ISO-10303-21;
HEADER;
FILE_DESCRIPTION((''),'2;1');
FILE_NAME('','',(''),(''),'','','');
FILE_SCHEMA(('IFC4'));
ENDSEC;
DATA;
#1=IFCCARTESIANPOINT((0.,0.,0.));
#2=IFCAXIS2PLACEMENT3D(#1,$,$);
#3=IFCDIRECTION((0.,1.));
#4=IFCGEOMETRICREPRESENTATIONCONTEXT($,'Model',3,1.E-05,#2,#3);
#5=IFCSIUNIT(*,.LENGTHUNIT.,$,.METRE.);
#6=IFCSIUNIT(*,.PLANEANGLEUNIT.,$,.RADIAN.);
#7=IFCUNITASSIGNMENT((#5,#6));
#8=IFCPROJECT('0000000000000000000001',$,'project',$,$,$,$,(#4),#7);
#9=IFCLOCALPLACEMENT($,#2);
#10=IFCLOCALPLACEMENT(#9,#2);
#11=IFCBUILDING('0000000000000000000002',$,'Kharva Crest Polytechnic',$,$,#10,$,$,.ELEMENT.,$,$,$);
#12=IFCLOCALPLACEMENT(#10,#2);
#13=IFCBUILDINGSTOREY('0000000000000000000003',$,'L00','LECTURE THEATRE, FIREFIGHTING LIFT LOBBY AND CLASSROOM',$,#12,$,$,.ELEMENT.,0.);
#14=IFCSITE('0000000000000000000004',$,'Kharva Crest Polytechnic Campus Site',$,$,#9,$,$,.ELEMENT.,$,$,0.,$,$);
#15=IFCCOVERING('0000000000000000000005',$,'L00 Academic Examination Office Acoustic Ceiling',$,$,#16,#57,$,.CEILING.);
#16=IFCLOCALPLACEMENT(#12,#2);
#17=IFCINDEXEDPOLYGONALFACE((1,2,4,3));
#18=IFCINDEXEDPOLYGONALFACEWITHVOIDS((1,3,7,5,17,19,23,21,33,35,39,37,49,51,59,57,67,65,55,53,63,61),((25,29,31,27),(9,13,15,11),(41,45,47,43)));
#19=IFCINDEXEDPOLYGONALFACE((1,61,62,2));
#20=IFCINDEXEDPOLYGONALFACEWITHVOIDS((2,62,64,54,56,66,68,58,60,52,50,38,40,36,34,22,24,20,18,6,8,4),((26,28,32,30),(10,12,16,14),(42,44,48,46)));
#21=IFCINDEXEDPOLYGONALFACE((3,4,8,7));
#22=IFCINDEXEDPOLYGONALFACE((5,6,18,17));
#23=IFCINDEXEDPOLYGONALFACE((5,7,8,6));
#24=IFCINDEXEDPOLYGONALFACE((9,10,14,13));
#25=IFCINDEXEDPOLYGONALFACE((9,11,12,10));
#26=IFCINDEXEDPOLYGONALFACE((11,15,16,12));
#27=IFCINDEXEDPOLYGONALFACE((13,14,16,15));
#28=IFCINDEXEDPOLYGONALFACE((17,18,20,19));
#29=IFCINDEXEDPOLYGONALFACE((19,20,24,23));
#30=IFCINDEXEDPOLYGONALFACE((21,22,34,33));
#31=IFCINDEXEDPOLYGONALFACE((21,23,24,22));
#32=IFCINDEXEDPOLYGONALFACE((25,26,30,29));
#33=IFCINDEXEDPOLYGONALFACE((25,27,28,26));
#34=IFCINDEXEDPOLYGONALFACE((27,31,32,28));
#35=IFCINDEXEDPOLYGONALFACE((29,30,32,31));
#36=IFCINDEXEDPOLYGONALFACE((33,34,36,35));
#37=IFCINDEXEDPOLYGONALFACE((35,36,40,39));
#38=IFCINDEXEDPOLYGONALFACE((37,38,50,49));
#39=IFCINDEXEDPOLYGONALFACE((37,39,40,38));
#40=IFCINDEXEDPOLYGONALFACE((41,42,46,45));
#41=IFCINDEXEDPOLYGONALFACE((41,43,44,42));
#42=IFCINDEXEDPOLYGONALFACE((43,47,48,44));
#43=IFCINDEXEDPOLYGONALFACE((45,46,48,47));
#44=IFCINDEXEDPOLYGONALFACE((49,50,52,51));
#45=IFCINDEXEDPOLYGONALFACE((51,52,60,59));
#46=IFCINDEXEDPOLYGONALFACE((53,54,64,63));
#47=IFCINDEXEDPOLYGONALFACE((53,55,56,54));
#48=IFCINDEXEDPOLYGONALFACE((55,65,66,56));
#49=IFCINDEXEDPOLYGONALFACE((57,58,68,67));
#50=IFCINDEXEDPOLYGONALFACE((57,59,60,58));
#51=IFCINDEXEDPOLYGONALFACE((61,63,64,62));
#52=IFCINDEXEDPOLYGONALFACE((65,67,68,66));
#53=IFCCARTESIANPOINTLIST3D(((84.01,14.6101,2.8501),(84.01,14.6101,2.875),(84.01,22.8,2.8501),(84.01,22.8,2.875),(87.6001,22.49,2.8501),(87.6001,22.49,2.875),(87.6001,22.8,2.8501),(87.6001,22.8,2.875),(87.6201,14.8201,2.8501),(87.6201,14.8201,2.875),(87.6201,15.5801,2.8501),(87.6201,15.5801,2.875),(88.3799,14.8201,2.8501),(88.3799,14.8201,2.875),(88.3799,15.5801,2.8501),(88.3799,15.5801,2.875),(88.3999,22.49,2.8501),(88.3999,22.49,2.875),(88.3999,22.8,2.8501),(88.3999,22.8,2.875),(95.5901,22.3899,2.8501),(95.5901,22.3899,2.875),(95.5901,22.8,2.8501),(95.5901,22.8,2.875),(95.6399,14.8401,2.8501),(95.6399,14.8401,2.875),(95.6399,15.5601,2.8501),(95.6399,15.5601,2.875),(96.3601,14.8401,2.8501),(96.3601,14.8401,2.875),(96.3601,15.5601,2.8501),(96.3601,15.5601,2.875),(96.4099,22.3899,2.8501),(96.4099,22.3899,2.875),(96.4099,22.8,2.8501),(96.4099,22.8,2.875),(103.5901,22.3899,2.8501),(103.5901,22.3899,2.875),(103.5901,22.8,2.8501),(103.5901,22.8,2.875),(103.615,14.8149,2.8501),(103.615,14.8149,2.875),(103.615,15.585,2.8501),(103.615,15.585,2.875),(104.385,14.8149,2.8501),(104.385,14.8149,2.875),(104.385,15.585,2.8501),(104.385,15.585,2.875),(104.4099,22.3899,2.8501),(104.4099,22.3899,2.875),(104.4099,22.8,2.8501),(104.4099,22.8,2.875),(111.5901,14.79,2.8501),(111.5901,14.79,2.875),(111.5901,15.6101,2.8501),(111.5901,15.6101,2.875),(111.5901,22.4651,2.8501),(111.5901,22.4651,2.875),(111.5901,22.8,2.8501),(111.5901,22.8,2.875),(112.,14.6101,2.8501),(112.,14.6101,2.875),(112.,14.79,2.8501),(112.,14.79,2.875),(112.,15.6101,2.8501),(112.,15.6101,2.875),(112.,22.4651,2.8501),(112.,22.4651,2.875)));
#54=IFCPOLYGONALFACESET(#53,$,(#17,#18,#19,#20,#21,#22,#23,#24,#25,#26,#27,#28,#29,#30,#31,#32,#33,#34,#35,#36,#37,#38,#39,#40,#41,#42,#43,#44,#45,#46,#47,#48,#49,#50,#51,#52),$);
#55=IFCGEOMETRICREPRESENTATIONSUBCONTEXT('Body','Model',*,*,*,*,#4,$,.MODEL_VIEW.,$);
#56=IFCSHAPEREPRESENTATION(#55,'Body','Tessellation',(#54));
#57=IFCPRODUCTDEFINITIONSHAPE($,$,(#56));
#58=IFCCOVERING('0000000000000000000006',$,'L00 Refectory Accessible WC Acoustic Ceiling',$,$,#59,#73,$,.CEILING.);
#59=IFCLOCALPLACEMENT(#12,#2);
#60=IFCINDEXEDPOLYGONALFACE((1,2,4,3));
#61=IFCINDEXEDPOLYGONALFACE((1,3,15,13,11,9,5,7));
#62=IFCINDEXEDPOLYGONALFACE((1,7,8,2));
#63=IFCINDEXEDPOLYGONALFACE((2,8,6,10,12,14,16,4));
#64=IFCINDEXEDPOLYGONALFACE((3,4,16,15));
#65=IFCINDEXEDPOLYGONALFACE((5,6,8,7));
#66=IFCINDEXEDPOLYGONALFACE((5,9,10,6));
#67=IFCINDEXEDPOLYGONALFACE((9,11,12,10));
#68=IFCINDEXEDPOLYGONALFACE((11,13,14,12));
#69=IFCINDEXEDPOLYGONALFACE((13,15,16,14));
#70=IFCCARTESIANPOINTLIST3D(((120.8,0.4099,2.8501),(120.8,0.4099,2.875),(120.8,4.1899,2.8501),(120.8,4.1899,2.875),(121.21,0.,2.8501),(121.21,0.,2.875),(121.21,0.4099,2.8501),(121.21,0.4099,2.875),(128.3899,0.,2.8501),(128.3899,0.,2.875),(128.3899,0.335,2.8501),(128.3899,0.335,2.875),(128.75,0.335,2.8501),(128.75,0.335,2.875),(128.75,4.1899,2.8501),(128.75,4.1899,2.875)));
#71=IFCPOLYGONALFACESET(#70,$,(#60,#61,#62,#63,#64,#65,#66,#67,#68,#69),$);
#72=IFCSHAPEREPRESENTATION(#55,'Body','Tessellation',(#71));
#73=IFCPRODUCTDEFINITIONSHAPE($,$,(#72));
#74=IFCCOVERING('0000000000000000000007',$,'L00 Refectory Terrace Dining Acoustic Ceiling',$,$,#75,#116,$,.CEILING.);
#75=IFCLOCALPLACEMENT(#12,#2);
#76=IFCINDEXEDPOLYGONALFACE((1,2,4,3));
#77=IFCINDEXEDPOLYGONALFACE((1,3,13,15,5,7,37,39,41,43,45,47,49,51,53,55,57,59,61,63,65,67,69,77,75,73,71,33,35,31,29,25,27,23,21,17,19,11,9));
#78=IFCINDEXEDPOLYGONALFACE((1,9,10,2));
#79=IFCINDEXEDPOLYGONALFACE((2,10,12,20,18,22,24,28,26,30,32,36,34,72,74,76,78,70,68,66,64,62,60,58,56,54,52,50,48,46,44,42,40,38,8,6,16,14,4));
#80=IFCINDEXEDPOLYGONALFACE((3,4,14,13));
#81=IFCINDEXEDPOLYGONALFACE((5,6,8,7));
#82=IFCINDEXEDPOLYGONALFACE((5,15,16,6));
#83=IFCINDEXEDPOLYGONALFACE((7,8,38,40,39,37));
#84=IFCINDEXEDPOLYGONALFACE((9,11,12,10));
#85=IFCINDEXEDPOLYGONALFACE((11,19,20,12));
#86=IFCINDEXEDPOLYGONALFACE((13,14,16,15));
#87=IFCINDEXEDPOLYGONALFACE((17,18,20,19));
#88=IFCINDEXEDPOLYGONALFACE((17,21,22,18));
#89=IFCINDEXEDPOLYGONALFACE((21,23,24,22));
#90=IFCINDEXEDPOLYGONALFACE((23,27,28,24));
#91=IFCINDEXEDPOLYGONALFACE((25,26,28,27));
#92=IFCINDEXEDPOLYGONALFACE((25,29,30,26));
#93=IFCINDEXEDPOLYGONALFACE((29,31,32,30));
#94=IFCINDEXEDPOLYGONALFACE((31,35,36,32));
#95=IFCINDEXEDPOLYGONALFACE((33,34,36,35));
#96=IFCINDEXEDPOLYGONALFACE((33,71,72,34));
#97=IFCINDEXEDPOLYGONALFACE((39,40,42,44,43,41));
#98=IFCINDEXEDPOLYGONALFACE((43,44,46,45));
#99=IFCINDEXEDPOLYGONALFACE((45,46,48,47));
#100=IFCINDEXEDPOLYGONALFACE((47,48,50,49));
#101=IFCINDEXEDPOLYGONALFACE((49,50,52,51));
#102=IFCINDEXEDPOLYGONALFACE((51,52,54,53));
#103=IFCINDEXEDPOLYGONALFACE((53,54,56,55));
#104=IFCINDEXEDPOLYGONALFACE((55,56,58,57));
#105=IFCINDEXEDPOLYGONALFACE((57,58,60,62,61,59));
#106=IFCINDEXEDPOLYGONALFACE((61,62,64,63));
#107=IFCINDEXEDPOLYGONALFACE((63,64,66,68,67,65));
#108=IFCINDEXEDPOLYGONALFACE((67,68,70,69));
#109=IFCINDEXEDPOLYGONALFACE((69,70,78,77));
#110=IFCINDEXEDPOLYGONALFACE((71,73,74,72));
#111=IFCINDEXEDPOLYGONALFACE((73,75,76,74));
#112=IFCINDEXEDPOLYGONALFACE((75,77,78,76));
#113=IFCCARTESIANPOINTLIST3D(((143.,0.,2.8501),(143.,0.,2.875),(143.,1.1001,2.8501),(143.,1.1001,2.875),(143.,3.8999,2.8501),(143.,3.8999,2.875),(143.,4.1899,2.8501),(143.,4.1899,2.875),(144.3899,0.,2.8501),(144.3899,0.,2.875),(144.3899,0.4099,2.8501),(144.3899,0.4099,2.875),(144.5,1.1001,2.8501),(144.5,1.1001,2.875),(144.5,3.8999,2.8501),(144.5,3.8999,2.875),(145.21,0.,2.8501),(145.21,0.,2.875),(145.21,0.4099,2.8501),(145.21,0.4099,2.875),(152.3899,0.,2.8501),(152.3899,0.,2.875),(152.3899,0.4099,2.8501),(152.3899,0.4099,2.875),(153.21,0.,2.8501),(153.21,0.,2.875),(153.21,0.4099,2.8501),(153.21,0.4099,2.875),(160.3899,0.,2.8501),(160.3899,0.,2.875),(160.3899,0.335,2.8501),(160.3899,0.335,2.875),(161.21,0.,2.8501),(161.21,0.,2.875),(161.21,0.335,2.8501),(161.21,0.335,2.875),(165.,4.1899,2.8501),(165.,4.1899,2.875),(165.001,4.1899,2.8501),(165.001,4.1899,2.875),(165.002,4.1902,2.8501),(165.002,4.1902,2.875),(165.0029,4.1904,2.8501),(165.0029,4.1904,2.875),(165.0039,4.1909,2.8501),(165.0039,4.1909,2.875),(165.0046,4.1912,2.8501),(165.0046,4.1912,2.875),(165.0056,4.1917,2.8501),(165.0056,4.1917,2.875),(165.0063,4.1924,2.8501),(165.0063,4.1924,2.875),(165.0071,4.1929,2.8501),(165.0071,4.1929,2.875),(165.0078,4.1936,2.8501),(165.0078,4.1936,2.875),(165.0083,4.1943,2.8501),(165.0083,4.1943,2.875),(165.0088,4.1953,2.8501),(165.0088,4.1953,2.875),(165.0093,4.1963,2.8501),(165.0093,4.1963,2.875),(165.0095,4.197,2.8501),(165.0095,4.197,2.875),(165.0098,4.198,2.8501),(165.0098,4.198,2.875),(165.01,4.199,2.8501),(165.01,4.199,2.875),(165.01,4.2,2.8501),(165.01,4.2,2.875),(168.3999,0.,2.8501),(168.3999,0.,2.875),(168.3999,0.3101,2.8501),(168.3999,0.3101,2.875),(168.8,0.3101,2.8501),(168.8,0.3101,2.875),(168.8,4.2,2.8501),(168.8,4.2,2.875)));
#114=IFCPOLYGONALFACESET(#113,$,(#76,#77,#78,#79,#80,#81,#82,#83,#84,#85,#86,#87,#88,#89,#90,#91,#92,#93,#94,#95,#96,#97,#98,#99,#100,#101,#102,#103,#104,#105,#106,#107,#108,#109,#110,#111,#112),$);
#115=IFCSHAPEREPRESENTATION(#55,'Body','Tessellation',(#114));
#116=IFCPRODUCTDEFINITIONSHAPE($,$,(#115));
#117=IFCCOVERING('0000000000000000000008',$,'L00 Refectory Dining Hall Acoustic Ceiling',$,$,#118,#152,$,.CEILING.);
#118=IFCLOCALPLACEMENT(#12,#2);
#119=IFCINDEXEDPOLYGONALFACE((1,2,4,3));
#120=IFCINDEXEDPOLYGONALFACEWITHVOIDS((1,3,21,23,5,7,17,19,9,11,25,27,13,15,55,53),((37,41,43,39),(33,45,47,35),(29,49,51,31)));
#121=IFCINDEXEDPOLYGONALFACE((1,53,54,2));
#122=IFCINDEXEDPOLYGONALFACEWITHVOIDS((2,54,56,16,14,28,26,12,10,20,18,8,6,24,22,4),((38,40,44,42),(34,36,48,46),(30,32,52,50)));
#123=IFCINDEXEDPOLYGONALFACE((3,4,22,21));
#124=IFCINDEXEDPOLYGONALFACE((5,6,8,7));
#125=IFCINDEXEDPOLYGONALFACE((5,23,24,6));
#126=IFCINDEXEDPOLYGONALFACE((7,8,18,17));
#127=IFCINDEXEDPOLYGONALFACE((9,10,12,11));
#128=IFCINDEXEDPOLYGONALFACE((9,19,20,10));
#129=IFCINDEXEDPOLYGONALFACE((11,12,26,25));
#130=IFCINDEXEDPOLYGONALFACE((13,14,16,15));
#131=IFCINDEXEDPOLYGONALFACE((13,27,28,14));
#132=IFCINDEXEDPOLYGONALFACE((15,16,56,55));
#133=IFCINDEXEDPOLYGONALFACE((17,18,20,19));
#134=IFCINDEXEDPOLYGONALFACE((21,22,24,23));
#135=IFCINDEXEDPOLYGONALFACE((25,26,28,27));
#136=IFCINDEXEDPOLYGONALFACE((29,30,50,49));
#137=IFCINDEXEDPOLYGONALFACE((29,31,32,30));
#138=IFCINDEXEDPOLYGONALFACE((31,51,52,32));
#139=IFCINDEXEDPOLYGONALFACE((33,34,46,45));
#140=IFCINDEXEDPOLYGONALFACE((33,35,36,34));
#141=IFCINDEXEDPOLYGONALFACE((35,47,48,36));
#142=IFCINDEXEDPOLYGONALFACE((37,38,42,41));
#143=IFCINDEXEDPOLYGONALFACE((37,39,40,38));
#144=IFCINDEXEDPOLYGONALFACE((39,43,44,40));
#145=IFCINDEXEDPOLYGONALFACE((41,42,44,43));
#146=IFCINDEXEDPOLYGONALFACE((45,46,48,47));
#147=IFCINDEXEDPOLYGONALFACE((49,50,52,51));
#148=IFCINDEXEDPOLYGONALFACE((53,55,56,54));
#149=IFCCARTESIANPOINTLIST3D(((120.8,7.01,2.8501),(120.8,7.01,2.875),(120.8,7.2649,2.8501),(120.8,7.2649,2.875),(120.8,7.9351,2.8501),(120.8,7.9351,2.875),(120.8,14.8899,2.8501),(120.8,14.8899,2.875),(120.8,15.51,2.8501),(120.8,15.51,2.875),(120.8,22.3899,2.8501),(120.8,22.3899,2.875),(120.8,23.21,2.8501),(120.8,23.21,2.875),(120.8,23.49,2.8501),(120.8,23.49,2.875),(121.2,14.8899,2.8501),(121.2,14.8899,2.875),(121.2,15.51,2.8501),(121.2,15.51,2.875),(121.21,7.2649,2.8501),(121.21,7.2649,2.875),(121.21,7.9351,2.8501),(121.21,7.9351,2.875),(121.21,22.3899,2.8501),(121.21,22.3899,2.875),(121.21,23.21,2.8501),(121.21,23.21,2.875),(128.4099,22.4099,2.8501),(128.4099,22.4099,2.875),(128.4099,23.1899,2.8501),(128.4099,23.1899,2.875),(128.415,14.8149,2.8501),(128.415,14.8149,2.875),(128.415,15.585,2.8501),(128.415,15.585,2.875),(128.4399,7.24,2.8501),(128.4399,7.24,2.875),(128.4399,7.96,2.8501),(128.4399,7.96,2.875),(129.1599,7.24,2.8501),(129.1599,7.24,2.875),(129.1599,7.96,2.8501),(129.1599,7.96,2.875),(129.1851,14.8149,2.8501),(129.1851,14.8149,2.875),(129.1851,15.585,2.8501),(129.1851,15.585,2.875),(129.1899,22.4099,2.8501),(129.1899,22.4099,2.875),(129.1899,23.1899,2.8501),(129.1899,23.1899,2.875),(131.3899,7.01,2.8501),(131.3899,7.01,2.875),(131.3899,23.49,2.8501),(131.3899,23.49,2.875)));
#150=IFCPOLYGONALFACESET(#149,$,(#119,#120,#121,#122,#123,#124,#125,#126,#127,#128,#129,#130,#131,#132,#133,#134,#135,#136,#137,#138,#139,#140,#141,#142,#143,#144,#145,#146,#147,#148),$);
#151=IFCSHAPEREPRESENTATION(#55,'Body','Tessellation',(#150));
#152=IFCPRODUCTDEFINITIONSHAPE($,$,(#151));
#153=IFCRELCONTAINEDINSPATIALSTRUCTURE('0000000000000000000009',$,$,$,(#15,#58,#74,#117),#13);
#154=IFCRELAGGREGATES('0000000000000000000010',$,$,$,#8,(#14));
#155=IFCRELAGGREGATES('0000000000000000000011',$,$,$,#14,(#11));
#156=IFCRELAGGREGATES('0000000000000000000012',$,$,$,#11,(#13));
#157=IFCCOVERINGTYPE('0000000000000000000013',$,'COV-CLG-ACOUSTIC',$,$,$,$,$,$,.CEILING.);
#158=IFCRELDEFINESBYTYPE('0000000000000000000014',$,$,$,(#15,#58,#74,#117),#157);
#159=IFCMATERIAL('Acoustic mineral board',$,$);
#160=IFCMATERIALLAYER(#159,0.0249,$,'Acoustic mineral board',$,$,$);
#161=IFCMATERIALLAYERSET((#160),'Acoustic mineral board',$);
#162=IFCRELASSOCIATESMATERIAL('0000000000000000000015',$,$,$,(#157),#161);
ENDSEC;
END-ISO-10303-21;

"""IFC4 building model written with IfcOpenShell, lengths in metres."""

from ifc_helpers import new_model, si_unit, direction, frame, origin, place, context, subcontext, project, spatial, polyline, outline, extrude, material, layer, layer_set, type_object, element, save


model = new_model("IFC4")

# Units and contexts
model_context = context("Model", 3, precision=1e-05, world=origin(), true_north=direction((0.0, 1.0)))
body_context = subcontext(model_context, "Body", "Model", "MODEL_VIEW")
ifc_project = project(units=[si_unit("LENGTHUNIT", "METRE"), si_unit("PLANEANGLEUNIT", "RADIAN")], contexts=[model_context])

# Site, building, storey
site_placement = place(None, origin())
site = spatial("IfcSite", under=ifc_project, at=site_placement, Name="Kharva Crest Polytechnic Campus Site", CompositionType="ELEMENT", RefElevation=0.0)
building_placement = place(site_placement, origin())
building = spatial("IfcBuilding", under=site, at=building_placement, Name="Kharva Crest Polytechnic", CompositionType="ELEMENT")
storey_placement = place(building_placement, origin())
storey = spatial("IfcBuildingStorey", under=building, at=storey_placement, Name="L00", Description="LECTURE THEATRE, FIREFIGHTING LIFT LOBBY AND CLASSROOM", CompositionType="ELEMENT", Elevation=0.0)

# Coverings
ifc_material_1 = material(Name="Acoustic mineral board")
ifc_layer_1 = layer(ifc_material_1, 0.0249, Name="Acoustic mineral board")
ifc_layer_set_1 = layer_set([ifc_layer_1], Name="Acoustic mineral board")
covering_type_1 = type_object("IfcCoveringType", Name="COV-CLG-ACOUSTIC", PredefinedType="CEILING", material=ifc_layer_set_1)
covering_1_placement = place(storey_placement, frame((0.0, 0.0, 2.8501)))
element("IfcCovering", 1, at=covering_1_placement, inside=storey, type_object=covering_type_1, Name="L00 Academic Examination Office Acoustic Ceiling", PredefinedType="CEILING", context=body_context, shape_type="SweptSolid", body=[
    extrude(outline(polyline([(87.6001, 22.8), (87.6001, 22.49), (88.3999, 22.49), (88.3999, 22.8), (95.5901, 22.8), (95.5901, 22.3899), (96.4099, 22.3899), (96.4099, 22.8), (103.5901, 22.8), (103.5901, 22.3899), (104.4099, 22.3899), (104.4099, 22.8), (111.5901, 22.8), (111.5901, 22.4651), (112.0, 22.4651), (112.0, 15.6101), (111.5901, 15.6101), (111.5901, 14.79), (112.0, 14.79), (112.0, 14.6101), (84.01, 14.6101), (84.01, 22.8), (87.6001, 22.8)]), holes=[polyline([(95.6399, 15.5601), (95.6399, 14.8401), (96.3601, 14.8401), (96.3601, 15.5601), (95.6399, 15.5601)]), polyline([(87.6201, 15.5801), (87.6201, 14.8201), (88.3799, 14.8201), (88.3799, 15.5801), (87.6201, 15.5801)]), polyline([(103.615, 15.585), (103.615, 14.8149), (104.385, 14.8149), (104.385, 15.585), (103.615, 15.585)])]), origin(), (0.0, 0.0, 1.0), 0.0249),
])
covering_2_placement = place(storey_placement, frame((0.0, 0.0, 2.8501)))
element("IfcCovering", 2, at=covering_2_placement, inside=storey, type_object=covering_type_1, Name="L00 Refectory Accessible WC Acoustic Ceiling", PredefinedType="CEILING", context=body_context, shape_type="SweptSolid", body=[
    extrude(outline(polyline([(121.21, 0.4099), (120.8, 0.4099), (120.8, 4.1899), (128.75, 4.1899), (128.75, 0.335), (128.3899, 0.335), (128.3899, 0.0), (121.21, 0.0), (121.21, 0.4099)])), origin(), (0.0, 0.0, 1.0), 0.0249),
])
covering_3_placement = place(storey_placement, frame((0.0, 0.0, 2.8501)))
element("IfcCovering", 3, at=covering_3_placement, inside=storey, type_object=covering_type_1, Name="L00 Refectory Terrace Dining Acoustic Ceiling", PredefinedType="CEILING", context=body_context, shape_type="SweptSolid", body=[
    extrude(outline(polyline([(161.21, 0.335), (160.3899, 0.335), (160.3899, 0.0), (153.21, 0.0), (153.21, 0.4099), (152.3899, 0.4099), (152.3899, 0.0), (145.21, 0.0), (145.21, 0.4099), (144.3899, 0.4099), (144.3899, 0.0), (143.0, 0.0), (143.0, 1.1001), (144.5, 1.1001), (144.5, 3.8999), (143.0, 3.8999), (143.0, 4.1899), (165.0, 4.1899), (165.001, 4.1899), (165.002, 4.1902), (165.0029, 4.1904), (165.0039, 4.1909), (165.0046, 4.1912), (165.0056, 4.1917), (165.0063, 4.1924), (165.0071, 4.1929), (165.0078, 4.1936), (165.0083, 4.1943), (165.0088, 4.1953), (165.0093, 4.1963), (165.0095, 4.197), (165.0098, 4.198), (165.01, 4.199), (165.01, 4.2), (168.8, 4.2), (168.8, 0.3101), (168.3999, 0.3101), (168.3999, 0.0), (161.21, 0.0), (161.21, 0.335)])), origin(), (0.0, 0.0, 1.0), 0.0249),
])
covering_4_placement = place(storey_placement, frame((0.0, 0.0, 2.8501)))
element("IfcCovering", 4, at=covering_4_placement, inside=storey, type_object=covering_type_1, Name="L00 Refectory Dining Hall Acoustic Ceiling", PredefinedType="CEILING", context=body_context, shape_type="SweptSolid", body=[
    extrude(outline(polyline([(120.8, 7.2649), (121.21, 7.2649), (121.21, 7.9351), (120.8, 7.9351), (120.8, 14.8899), (121.2, 14.8899), (121.2, 15.51), (120.8, 15.51), (120.8, 22.3899), (121.21, 22.3899), (121.21, 23.21), (120.8, 23.21), (120.8, 23.49), (131.3899, 23.49), (131.3899, 7.01), (120.8, 7.01), (120.8, 7.2649)]), holes=[polyline([(128.4399, 7.96), (128.4399, 7.24), (129.1599, 7.24), (129.1599, 7.96), (128.4399, 7.96)]), polyline([(128.415, 15.585), (128.415, 14.8149), (129.1851, 14.8149), (129.1851, 15.585), (128.415, 15.585)]), polyline([(129.1899, 23.1899), (128.4099, 23.1899), (128.4099, 22.4099), (129.1899, 22.4099), (129.1899, 23.1899)])]), origin(), (0.0, 0.0, 1.0), 0.0249),
])

save(model, "model.ifc")
